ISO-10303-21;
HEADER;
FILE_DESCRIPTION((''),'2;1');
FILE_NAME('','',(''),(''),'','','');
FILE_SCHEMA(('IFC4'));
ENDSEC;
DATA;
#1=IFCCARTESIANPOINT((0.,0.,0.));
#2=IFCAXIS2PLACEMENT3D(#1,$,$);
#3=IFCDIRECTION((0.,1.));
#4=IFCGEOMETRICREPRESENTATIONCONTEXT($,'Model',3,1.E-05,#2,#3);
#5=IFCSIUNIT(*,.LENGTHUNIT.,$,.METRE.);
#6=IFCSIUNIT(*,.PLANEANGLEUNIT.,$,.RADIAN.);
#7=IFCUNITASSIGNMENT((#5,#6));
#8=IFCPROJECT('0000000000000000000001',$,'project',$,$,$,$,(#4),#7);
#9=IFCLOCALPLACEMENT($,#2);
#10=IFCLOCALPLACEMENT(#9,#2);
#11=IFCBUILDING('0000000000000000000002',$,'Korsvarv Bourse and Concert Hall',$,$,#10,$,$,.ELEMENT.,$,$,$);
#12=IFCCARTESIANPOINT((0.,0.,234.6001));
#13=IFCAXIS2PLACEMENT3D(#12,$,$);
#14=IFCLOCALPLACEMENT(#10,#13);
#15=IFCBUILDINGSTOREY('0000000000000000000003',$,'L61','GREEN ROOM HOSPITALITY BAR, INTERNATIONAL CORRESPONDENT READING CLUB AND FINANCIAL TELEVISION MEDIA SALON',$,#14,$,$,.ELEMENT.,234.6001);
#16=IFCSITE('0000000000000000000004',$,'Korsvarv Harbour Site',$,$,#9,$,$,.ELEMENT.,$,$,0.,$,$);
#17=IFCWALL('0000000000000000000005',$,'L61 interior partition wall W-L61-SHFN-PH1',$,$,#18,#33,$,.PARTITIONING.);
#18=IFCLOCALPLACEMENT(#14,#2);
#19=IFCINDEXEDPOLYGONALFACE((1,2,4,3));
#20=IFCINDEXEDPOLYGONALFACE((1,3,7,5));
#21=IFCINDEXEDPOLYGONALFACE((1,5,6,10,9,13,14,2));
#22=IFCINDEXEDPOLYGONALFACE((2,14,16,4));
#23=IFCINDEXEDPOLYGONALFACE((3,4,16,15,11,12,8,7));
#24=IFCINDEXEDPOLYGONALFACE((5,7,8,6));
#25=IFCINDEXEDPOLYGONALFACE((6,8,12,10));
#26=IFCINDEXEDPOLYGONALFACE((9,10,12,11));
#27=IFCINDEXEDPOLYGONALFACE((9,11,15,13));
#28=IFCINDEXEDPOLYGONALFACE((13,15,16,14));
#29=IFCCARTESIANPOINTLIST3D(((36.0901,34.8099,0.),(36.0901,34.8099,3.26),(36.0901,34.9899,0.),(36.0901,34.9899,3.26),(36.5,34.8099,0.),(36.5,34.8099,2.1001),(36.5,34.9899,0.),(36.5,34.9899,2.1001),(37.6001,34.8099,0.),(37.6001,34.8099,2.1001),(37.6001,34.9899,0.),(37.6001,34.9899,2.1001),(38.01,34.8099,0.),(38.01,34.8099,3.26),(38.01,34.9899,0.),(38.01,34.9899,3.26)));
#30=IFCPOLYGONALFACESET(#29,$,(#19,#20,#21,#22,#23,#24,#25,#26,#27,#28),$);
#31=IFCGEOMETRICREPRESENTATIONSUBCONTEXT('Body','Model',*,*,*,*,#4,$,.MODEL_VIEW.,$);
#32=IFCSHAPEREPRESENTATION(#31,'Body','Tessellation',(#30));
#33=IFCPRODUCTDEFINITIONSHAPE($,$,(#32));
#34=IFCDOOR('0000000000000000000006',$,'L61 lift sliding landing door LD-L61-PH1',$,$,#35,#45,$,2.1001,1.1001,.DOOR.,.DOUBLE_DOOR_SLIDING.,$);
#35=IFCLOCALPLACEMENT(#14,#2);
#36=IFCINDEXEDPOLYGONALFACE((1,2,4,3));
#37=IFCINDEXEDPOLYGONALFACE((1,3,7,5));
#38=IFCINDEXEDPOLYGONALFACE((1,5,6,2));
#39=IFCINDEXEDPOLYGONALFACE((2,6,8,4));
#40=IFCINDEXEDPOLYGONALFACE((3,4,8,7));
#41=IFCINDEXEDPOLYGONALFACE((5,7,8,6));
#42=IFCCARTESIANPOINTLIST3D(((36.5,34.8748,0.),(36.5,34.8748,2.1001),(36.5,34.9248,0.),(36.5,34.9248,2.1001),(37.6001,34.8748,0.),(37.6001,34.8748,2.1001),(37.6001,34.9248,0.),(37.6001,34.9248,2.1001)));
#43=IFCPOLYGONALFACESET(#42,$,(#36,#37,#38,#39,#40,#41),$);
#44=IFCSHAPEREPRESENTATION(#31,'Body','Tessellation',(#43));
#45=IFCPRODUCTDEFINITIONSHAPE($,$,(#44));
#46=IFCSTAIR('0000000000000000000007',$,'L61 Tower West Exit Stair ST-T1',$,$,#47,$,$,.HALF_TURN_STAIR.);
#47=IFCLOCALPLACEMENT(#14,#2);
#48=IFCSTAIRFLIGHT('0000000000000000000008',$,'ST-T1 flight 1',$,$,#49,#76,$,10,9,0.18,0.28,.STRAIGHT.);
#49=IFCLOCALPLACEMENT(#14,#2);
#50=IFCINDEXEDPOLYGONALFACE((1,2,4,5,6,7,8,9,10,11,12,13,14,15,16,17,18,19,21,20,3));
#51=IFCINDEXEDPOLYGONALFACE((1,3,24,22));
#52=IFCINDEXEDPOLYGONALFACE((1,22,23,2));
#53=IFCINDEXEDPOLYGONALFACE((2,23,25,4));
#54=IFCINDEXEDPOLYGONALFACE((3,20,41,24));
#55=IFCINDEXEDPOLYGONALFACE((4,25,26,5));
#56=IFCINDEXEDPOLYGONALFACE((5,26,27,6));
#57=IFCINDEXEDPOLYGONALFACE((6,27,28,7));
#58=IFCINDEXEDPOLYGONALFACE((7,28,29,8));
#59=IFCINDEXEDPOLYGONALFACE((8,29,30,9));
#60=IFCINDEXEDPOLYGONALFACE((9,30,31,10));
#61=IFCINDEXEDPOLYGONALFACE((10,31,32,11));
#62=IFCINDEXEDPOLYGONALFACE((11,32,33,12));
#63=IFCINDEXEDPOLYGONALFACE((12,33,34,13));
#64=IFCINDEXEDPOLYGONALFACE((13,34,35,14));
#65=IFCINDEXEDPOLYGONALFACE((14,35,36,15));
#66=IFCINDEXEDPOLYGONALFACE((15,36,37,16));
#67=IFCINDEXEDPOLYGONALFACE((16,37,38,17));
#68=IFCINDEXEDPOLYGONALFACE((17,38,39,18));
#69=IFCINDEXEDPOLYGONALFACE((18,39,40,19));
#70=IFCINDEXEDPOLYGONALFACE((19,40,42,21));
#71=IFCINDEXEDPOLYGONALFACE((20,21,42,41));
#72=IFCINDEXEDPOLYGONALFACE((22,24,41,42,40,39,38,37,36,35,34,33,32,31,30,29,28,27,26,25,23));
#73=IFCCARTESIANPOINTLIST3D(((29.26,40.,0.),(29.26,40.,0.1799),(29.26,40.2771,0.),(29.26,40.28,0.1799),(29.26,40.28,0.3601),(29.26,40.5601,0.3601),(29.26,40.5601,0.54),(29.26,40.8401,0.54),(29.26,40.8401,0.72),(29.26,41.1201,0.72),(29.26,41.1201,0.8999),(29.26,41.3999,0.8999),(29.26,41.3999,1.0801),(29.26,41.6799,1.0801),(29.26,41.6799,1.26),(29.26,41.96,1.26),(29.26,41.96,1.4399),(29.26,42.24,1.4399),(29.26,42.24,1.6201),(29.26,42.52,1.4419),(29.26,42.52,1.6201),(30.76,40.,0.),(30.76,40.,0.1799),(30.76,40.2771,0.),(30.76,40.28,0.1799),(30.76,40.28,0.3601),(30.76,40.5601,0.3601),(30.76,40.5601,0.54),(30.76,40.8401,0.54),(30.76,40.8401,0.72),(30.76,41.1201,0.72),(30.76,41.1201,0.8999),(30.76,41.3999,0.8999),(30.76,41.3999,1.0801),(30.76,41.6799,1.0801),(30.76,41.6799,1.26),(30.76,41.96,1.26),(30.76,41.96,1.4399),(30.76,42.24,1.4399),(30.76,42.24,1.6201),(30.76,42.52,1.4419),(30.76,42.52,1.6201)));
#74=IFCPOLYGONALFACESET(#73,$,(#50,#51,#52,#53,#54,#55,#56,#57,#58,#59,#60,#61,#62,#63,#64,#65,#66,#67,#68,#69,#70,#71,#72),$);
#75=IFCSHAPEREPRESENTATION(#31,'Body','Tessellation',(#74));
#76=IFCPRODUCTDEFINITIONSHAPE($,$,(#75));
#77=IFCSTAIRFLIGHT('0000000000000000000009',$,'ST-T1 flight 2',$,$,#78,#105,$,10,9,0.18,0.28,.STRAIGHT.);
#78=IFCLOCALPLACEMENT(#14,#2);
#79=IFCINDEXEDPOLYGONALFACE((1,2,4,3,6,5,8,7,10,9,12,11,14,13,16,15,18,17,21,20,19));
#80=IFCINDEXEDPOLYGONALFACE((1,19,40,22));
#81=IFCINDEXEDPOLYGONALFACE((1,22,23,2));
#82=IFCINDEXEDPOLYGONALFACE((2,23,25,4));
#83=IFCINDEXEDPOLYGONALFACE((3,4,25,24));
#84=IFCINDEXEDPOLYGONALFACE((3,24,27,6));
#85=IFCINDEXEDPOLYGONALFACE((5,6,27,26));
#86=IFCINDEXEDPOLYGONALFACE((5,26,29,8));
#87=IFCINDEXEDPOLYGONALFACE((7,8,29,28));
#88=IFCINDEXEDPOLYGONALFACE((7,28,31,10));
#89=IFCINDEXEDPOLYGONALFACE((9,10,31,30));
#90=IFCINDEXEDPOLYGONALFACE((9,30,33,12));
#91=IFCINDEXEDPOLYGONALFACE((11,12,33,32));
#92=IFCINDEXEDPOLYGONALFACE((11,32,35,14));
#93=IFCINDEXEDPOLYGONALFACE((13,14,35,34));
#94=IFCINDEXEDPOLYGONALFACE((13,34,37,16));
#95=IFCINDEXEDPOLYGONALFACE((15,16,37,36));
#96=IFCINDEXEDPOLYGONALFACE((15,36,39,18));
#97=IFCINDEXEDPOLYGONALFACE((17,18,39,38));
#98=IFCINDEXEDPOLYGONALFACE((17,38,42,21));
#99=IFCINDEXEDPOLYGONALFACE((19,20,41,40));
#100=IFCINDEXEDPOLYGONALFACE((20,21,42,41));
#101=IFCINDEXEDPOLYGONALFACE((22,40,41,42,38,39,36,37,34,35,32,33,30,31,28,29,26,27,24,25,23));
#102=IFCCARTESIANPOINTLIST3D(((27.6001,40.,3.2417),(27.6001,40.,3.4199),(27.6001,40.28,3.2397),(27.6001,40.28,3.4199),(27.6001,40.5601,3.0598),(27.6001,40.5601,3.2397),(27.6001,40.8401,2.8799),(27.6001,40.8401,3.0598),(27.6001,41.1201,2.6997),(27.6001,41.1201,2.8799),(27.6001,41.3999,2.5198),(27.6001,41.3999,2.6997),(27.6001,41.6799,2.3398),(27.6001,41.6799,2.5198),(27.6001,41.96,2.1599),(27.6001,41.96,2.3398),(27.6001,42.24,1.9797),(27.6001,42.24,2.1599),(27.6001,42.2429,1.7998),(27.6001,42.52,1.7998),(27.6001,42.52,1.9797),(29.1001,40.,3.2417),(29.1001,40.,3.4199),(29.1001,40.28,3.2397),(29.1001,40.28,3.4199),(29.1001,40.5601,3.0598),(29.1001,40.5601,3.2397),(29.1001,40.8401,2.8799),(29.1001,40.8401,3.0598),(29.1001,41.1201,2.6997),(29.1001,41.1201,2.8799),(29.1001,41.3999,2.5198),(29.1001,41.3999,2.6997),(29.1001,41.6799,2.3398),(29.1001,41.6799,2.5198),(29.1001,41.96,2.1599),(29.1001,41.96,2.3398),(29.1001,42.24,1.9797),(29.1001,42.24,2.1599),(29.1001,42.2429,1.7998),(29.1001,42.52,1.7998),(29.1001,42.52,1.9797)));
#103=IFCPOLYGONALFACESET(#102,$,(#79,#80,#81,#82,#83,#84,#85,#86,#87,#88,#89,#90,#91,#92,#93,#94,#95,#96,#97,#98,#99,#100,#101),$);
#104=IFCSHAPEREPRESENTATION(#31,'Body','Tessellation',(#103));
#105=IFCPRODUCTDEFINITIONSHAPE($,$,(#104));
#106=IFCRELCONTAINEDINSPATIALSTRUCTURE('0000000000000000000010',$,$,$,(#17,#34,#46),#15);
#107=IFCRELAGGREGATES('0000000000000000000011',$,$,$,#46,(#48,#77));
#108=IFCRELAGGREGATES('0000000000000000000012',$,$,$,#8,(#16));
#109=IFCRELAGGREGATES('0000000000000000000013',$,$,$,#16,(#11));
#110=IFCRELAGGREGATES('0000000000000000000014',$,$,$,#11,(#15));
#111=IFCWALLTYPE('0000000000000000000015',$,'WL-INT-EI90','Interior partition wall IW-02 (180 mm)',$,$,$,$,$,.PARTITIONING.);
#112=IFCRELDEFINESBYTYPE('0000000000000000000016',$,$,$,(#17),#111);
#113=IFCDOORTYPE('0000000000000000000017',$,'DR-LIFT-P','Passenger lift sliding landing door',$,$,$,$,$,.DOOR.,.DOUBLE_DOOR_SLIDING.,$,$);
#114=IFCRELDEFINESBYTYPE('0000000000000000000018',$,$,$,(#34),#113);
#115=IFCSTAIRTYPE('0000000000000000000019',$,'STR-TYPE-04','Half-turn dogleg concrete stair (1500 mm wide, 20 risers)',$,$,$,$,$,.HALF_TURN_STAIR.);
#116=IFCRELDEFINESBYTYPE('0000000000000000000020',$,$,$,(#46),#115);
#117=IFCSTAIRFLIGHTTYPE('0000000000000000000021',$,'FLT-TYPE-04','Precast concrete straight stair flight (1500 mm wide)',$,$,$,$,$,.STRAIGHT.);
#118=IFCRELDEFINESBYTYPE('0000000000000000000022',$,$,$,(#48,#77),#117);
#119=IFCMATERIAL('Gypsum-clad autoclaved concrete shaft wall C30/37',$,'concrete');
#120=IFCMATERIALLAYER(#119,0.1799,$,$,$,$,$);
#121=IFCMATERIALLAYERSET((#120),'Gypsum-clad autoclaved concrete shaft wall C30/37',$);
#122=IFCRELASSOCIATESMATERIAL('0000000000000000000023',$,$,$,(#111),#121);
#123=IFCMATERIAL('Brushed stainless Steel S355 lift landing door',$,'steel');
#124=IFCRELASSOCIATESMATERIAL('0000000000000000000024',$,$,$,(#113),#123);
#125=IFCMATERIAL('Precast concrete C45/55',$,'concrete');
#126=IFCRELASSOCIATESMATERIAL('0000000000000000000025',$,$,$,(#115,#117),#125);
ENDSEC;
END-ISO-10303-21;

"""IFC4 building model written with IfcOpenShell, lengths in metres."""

from ifc_helpers import new_model, si_unit, direction, frame, frame_2d, origin, place, context, subcontext, project, spatial, polyline, rectangle, outline, extrude, material, layer, layer_set, type_object, element, fill, aggregate, save


model = new_model("IFC4")

# Units and contexts
model_context = context("Model", 3, precision=1e-05, world=origin(), true_north=direction((0.0, 1.0)))
body_context = subcontext(model_context, "Body", "Model", "MODEL_VIEW")
ifc_project = project(units=[si_unit("LENGTHUNIT", "METRE"), si_unit("PLANEANGLEUNIT", "RADIAN")], contexts=[model_context])

# Site, building, storey
site_placement = place(None, origin())
site = spatial("IfcSite", under=ifc_project, at=site_placement, Name="Korsvarv Harbour Site", CompositionType="ELEMENT", RefElevation=0.0)
building_placement = place(site_placement, origin())
building = spatial("IfcBuilding", under=site, at=building_placement, Name="Korsvarv Bourse and Concert Hall", CompositionType="ELEMENT")
storey_placement = place(building_placement, frame((0.0, 0.0, 234.6001)))
storey = spatial("IfcBuildingStorey", under=building, at=storey_placement, Name="L61", Description="GREEN ROOM HOSPITALITY BAR, INTERNATIONAL CORRESPONDENT READING CLUB AND FINANCIAL TELEVISION MEDIA SALON", CompositionType="ELEMENT", Elevation=234.6001)

# Wall, opening, door
ifc_material_1 = material(Name="Gypsum-clad autoclaved concrete shaft wall C30/37", Category="concrete")
ifc_layer_1 = layer(ifc_material_1, 0.1799)
ifc_layer_set_1 = layer_set([ifc_layer_1], Name="Gypsum-clad autoclaved concrete shaft wall C30/37")
wall_type_1 = type_object("IfcWallType", Name="WL-INT-EI90", Description="Interior partition wall IW-02 (180 mm)", PredefinedType="PARTITIONING", material=ifc_layer_set_1)
wall_1_placement = place(storey_placement, frame((36.0901, 34.8999, 0.0), z_axis=(0.0, 0.0, 1.0), x_axis=(1.0, 0.0, 0.0)))
wall_1 = element("IfcWall", 1, at=wall_1_placement, inside=storey, type_object=wall_type_1, Name="L61 interior partition wall W-L61-SHFN-PH1", PredefinedType="PARTITIONING", context=body_context, shape_type="SweptSolid", body=[
    extrude(rectangle(XDim=1.9199, YDim=0.1799, at=frame_2d((0.96, 0.0))), origin(), (0.0, 0.0, 1.0), 3.26),
])
opening_1_placement = place(wall_1_placement, frame((0.4099, 0.0, 0.0)))
opening_1 = element("IfcOpeningElement", 2, at=opening_1_placement, cuts=wall_1, PredefinedType="OPENING", context=body_context, shape_type="SweptSolid", body=[
    extrude(rectangle(XDim=1.1001, YDim=2.1001, at=frame_2d((0.55, 1.05))), frame((0.0, 0.1001, 0.0), z_axis=(0.0, -1.0, 0.0), x_axis=(1.0, 0.0, 0.0)), (0.0, 0.0, 1.0), 0.2),
])
ifc_material_2 = material(Name="Brushed stainless Steel S355 lift landing door", Category="steel")
door_type_1 = type_object("IfcDoorType", Name="DR-LIFT-P", Description="Passenger lift sliding landing door", OperationType="DOUBLE_DOOR_SLIDING", PredefinedType="DOOR", material=ifc_material_2)
door_1_placement = place(opening_1_placement, origin())
door_1 = element("IfcDoor", 3, at=door_1_placement, inside=storey, type_object=door_type_1, Name="L61 lift sliding landing door LD-L61-PH1", OperationType="DOUBLE_DOOR_SLIDING", OverallHeight=2.1001, OverallWidth=1.1001, PredefinedType="DOOR", context=body_context, shape_type="SweptSolid", body=[
    extrude(rectangle(XDim=1.1001, YDim=2.1001, at=frame_2d((0.55, 1.05))), frame((0.0, 0.0249, 0.0), z_axis=(0.0, -1.0, 0.0), x_axis=(1.0, 0.0, 0.0)), (0.0, 0.0, 1.0), 0.05),
])
fill(opening_1, door_1)

# Stair, stair flights
ifc_material_3 = material(Name="Precast concrete C45/55", Category="concrete")
stair_type = type_object("IfcStairType", Name="STR-TYPE-04", Description="Half-turn dogleg concrete stair (1500 mm wide, 20 risers)", PredefinedType="HALF_TURN_STAIR", material=ifc_material_3)
stair_placement = place(storey_placement, origin())
stair = element("IfcStair", 4, at=stair_placement, inside=storey, type_object=stair_type, Name="L61 Tower West Exit Stair ST-T1", PredefinedType="HALF_TURN_STAIR")
stair_flight_type = type_object("IfcStairFlightType", Name="FLT-TYPE-04", Description="Precast concrete straight stair flight (1500 mm wide)", PredefinedType="STRAIGHT", material=ifc_material_3)
stair_flight_1_placement = place(storey_placement, frame((30.01, 40.0, 0.0), z_axis=(0.0, 0.0, 1.0), x_axis=(0.0, 1.0, 0.0)))
stair_flight_1 = element("IfcStairFlight", 5, at=stair_flight_1_placement, type_object=stair_flight_type, Name="ST-T1 flight 1", NumberOfRisers=10, NumberOfTreads=9, PredefinedType="STRAIGHT", RiserHeight=0.18, TreadLength=0.28, context=body_context, shape_type="SweptSolid", body=[
    extrude(outline(polyline([(0.0, 0.0), (0.0, 0.1799), (0.28, 0.1799), (0.28, 0.3601), (0.5601, 0.3601), (0.5601, 0.54), (0.8401, 0.54), (0.8401, 0.72), (1.1201, 0.72), (1.1201, 0.8999), (1.3999, 0.8999), (1.3999, 1.0801), (1.6799, 1.0801), (1.6799, 1.26), (1.96, 1.26), (1.96, 1.4399), (2.24, 1.4399), (2.24, 1.6201), (2.52, 1.6201), (2.52, 1.8), (2.52, 1.4419), (0.2771, 0.0), (0.0, 0.0)])), frame((0.0, 0.75, 0.0), z_axis=(0.0, -1.0, 0.0), x_axis=(1.0, 0.0, 0.0)), (0.0, 0.0, 1.0), 1.5),
])
stair_flight_2_placement = place(storey_placement, frame((28.3501, 42.52, 1.7998), z_axis=(0.0, 0.0, 1.0), x_axis=(0.0, -1.0, 0.0)))
stair_flight_2 = element("IfcStairFlight", 6, at=stair_flight_2_placement, type_object=stair_flight_type, Name="ST-T1 flight 2", NumberOfRisers=10, NumberOfTreads=9, PredefinedType="STRAIGHT", RiserHeight=0.18, TreadLength=0.28, context=body_context, shape_type="SweptSolid", body=[
    extrude(outline(polyline([(0.0, 0.0), (0.0, 0.1799), (0.28, 0.1799), (0.28, 0.3601), (0.5601, 0.3601), (0.5601, 0.54), (0.8401, 0.54), (0.8401, 0.72), (1.1201, 0.72), (1.1201, 0.8999), (1.3999, 0.8999), (1.3999, 1.0801), (1.6799, 1.0801), (1.6799, 1.26), (1.96, 1.26), (1.96, 1.4399), (2.24, 1.4399), (2.24, 1.6201), (2.52, 1.6201), (2.52, 1.8), (2.52, 1.4419), (0.2771, 0.0), (0.0, 0.0)])), frame((0.0, 0.75, 0.0), z_axis=(0.0, -1.0, 0.0), x_axis=(1.0, 0.0, 0.0)), (0.0, 0.0, 1.0), 1.5),
])
aggregate(stair, [stair_flight_1, stair_flight_2])

save(model, "model.ifc")
